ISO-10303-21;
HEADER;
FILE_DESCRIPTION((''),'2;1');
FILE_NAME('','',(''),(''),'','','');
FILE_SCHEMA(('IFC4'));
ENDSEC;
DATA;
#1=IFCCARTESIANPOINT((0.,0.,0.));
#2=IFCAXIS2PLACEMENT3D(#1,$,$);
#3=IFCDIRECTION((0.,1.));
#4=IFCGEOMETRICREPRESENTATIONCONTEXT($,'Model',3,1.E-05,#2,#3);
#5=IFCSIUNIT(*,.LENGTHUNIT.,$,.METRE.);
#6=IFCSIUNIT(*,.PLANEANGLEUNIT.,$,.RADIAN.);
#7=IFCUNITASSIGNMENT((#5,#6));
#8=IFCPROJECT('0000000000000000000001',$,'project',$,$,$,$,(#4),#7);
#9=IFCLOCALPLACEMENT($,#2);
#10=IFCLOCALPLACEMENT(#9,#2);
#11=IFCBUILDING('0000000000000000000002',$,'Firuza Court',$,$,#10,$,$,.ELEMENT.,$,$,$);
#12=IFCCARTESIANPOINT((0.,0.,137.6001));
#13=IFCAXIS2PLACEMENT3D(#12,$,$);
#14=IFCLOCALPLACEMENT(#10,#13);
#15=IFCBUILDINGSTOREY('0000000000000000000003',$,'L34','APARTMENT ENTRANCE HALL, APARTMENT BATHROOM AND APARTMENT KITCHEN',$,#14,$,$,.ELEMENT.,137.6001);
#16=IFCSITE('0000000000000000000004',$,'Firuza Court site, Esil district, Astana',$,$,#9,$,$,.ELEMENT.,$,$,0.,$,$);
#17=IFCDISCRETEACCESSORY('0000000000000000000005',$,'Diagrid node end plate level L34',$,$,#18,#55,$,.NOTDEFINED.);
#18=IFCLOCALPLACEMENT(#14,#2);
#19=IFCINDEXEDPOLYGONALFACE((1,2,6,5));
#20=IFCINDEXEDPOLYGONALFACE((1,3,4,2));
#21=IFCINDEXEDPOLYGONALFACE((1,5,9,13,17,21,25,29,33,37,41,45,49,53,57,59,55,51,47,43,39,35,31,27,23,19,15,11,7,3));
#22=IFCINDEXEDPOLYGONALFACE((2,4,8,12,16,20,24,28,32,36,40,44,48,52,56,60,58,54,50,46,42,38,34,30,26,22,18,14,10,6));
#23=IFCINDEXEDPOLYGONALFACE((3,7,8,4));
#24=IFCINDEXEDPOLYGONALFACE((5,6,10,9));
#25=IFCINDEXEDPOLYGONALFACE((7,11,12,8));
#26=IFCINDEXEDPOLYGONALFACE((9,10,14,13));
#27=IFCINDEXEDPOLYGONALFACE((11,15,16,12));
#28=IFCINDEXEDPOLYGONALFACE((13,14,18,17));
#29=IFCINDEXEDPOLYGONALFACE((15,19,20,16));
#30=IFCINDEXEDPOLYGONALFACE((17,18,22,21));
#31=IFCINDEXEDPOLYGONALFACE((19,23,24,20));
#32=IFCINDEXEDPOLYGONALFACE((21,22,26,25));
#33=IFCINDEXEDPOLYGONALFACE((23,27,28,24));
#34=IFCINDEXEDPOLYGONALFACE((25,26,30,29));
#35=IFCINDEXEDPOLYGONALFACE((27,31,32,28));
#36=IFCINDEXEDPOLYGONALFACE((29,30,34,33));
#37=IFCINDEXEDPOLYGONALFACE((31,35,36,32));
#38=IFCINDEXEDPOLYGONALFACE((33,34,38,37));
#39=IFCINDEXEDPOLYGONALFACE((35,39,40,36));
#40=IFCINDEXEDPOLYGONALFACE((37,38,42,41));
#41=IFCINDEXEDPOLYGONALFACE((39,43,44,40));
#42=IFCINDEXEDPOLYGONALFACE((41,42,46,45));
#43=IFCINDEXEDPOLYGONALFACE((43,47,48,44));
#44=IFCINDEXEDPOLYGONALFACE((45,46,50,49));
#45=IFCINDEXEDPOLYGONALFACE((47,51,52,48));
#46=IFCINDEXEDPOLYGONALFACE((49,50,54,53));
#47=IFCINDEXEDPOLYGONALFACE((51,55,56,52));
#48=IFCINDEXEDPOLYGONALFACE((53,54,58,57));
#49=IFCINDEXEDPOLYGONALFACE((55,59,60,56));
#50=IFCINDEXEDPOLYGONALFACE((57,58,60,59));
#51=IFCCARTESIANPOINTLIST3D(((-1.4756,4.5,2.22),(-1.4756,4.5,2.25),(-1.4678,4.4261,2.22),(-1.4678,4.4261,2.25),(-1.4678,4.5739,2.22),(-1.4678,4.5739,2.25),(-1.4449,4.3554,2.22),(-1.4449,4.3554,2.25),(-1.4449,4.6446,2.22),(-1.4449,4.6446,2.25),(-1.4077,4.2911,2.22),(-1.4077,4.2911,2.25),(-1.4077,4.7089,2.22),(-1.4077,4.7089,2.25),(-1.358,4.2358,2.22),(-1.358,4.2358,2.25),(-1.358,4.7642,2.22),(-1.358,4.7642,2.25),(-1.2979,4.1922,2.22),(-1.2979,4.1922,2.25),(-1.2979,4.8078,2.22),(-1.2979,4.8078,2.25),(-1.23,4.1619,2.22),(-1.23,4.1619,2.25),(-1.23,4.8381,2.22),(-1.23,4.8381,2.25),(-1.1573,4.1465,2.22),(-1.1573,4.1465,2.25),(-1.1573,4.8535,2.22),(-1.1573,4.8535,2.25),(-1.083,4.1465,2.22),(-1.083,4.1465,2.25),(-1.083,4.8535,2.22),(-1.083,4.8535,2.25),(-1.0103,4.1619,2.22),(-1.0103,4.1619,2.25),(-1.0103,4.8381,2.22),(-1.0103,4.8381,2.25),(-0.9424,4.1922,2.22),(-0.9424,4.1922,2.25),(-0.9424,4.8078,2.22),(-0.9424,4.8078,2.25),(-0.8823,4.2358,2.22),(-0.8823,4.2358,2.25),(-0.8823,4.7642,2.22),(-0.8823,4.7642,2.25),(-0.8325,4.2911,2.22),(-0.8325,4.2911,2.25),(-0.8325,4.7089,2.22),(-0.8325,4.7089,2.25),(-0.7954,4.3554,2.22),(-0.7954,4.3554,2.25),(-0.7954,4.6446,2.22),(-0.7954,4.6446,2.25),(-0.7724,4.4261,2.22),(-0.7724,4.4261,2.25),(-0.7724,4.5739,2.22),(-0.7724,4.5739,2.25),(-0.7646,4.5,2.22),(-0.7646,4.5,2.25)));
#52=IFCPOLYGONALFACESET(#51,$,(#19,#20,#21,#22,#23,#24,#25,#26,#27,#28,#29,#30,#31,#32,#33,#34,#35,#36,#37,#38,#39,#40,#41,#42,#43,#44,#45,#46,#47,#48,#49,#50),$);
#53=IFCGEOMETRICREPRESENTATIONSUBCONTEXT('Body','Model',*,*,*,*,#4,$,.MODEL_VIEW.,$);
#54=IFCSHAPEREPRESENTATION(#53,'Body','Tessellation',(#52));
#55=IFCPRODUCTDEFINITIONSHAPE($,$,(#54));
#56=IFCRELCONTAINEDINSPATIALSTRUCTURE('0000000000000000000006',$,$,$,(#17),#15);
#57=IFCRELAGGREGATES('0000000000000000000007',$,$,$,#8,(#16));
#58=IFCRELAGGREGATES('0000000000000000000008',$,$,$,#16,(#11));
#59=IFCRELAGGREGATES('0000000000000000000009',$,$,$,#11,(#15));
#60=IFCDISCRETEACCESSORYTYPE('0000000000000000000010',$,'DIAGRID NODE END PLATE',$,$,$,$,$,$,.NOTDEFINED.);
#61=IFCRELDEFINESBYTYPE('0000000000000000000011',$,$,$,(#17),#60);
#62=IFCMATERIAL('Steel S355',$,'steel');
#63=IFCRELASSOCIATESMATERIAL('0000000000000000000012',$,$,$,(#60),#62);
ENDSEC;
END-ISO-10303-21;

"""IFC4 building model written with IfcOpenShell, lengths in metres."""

from ifc_helpers import new_model, si_unit, direction, frame, origin, origin_2d, place, context, subcontext, project, spatial, circle, extrude, material, material_profile, profile_set, type_object, element, save


model = new_model("IFC4")

# Units and contexts
model_context = context("Model", 3, precision=1e-05, world=origin(), true_north=direction((0.0, 1.0)))
body_context = subcontext(model_context, "Body", "Model", "MODEL_VIEW")
ifc_project = project(units=[si_unit("LENGTHUNIT", "METRE"), si_unit("PLANEANGLEUNIT", "RADIAN")], contexts=[model_context])

# Site, building, storey
site_placement = place(None, origin())
site = spatial("IfcSite", under=ifc_project, at=site_placement, Name="Firuza Court site, Esil district, Astana", CompositionType="ELEMENT", RefElevation=0.0)
building_placement = place(site_placement, origin())
building = spatial("IfcBuilding", under=site, at=building_placement, Name="Firuza Court", CompositionType="ELEMENT")
storey_placement = place(building_placement, frame((0.0, 0.0, 137.6001)))
storey = spatial("IfcBuildingStorey", under=building, at=storey_placement, Name="L34", Description="APARTMENT ENTRANCE HALL, APARTMENT BATHROOM AND APARTMENT KITCHEN", CompositionType="ELEMENT", Elevation=137.6001)

# Discrete accessory
ifc_material_1 = material(Name="Steel S355", Category="steel")
ifc_material_profile_1 = material_profile(ifc_material_1, circle(Radius=0.3555, at=origin_2d()), Name="PL D711")
ifc_profile_set_1 = profile_set([ifc_material_profile_1], Name="Steel S355")
discrete_accessory_type = type_object("IfcDiscreteAccessoryType", Name="DIAGRID NODE END PLATE", PredefinedType="NOTDEFINED", material=ifc_profile_set_1)
for number, where, z_axis, x_axis, name in (
    (1, (-1.1201, 4.5, 2.22), (0.0, 0.0, 1.0), (1.0, 0.0, 0.0), "Diagrid node end plate level L34"),
):
    element("IfcDiscreteAccessory", number, at=place(storey_placement, frame(where, z_axis=z_axis, x_axis=x_axis)), inside=storey, type_object=discrete_accessory_type, Name=name, PredefinedType="NOTDEFINED", context=body_context, shape_type="SweptSolid", body=[
        extrude(circle(Radius=0.3555, at=origin_2d()), origin(), (0.0, 0.0, 1.0), 0.03),
    ])

save(model, "model.ifc")
